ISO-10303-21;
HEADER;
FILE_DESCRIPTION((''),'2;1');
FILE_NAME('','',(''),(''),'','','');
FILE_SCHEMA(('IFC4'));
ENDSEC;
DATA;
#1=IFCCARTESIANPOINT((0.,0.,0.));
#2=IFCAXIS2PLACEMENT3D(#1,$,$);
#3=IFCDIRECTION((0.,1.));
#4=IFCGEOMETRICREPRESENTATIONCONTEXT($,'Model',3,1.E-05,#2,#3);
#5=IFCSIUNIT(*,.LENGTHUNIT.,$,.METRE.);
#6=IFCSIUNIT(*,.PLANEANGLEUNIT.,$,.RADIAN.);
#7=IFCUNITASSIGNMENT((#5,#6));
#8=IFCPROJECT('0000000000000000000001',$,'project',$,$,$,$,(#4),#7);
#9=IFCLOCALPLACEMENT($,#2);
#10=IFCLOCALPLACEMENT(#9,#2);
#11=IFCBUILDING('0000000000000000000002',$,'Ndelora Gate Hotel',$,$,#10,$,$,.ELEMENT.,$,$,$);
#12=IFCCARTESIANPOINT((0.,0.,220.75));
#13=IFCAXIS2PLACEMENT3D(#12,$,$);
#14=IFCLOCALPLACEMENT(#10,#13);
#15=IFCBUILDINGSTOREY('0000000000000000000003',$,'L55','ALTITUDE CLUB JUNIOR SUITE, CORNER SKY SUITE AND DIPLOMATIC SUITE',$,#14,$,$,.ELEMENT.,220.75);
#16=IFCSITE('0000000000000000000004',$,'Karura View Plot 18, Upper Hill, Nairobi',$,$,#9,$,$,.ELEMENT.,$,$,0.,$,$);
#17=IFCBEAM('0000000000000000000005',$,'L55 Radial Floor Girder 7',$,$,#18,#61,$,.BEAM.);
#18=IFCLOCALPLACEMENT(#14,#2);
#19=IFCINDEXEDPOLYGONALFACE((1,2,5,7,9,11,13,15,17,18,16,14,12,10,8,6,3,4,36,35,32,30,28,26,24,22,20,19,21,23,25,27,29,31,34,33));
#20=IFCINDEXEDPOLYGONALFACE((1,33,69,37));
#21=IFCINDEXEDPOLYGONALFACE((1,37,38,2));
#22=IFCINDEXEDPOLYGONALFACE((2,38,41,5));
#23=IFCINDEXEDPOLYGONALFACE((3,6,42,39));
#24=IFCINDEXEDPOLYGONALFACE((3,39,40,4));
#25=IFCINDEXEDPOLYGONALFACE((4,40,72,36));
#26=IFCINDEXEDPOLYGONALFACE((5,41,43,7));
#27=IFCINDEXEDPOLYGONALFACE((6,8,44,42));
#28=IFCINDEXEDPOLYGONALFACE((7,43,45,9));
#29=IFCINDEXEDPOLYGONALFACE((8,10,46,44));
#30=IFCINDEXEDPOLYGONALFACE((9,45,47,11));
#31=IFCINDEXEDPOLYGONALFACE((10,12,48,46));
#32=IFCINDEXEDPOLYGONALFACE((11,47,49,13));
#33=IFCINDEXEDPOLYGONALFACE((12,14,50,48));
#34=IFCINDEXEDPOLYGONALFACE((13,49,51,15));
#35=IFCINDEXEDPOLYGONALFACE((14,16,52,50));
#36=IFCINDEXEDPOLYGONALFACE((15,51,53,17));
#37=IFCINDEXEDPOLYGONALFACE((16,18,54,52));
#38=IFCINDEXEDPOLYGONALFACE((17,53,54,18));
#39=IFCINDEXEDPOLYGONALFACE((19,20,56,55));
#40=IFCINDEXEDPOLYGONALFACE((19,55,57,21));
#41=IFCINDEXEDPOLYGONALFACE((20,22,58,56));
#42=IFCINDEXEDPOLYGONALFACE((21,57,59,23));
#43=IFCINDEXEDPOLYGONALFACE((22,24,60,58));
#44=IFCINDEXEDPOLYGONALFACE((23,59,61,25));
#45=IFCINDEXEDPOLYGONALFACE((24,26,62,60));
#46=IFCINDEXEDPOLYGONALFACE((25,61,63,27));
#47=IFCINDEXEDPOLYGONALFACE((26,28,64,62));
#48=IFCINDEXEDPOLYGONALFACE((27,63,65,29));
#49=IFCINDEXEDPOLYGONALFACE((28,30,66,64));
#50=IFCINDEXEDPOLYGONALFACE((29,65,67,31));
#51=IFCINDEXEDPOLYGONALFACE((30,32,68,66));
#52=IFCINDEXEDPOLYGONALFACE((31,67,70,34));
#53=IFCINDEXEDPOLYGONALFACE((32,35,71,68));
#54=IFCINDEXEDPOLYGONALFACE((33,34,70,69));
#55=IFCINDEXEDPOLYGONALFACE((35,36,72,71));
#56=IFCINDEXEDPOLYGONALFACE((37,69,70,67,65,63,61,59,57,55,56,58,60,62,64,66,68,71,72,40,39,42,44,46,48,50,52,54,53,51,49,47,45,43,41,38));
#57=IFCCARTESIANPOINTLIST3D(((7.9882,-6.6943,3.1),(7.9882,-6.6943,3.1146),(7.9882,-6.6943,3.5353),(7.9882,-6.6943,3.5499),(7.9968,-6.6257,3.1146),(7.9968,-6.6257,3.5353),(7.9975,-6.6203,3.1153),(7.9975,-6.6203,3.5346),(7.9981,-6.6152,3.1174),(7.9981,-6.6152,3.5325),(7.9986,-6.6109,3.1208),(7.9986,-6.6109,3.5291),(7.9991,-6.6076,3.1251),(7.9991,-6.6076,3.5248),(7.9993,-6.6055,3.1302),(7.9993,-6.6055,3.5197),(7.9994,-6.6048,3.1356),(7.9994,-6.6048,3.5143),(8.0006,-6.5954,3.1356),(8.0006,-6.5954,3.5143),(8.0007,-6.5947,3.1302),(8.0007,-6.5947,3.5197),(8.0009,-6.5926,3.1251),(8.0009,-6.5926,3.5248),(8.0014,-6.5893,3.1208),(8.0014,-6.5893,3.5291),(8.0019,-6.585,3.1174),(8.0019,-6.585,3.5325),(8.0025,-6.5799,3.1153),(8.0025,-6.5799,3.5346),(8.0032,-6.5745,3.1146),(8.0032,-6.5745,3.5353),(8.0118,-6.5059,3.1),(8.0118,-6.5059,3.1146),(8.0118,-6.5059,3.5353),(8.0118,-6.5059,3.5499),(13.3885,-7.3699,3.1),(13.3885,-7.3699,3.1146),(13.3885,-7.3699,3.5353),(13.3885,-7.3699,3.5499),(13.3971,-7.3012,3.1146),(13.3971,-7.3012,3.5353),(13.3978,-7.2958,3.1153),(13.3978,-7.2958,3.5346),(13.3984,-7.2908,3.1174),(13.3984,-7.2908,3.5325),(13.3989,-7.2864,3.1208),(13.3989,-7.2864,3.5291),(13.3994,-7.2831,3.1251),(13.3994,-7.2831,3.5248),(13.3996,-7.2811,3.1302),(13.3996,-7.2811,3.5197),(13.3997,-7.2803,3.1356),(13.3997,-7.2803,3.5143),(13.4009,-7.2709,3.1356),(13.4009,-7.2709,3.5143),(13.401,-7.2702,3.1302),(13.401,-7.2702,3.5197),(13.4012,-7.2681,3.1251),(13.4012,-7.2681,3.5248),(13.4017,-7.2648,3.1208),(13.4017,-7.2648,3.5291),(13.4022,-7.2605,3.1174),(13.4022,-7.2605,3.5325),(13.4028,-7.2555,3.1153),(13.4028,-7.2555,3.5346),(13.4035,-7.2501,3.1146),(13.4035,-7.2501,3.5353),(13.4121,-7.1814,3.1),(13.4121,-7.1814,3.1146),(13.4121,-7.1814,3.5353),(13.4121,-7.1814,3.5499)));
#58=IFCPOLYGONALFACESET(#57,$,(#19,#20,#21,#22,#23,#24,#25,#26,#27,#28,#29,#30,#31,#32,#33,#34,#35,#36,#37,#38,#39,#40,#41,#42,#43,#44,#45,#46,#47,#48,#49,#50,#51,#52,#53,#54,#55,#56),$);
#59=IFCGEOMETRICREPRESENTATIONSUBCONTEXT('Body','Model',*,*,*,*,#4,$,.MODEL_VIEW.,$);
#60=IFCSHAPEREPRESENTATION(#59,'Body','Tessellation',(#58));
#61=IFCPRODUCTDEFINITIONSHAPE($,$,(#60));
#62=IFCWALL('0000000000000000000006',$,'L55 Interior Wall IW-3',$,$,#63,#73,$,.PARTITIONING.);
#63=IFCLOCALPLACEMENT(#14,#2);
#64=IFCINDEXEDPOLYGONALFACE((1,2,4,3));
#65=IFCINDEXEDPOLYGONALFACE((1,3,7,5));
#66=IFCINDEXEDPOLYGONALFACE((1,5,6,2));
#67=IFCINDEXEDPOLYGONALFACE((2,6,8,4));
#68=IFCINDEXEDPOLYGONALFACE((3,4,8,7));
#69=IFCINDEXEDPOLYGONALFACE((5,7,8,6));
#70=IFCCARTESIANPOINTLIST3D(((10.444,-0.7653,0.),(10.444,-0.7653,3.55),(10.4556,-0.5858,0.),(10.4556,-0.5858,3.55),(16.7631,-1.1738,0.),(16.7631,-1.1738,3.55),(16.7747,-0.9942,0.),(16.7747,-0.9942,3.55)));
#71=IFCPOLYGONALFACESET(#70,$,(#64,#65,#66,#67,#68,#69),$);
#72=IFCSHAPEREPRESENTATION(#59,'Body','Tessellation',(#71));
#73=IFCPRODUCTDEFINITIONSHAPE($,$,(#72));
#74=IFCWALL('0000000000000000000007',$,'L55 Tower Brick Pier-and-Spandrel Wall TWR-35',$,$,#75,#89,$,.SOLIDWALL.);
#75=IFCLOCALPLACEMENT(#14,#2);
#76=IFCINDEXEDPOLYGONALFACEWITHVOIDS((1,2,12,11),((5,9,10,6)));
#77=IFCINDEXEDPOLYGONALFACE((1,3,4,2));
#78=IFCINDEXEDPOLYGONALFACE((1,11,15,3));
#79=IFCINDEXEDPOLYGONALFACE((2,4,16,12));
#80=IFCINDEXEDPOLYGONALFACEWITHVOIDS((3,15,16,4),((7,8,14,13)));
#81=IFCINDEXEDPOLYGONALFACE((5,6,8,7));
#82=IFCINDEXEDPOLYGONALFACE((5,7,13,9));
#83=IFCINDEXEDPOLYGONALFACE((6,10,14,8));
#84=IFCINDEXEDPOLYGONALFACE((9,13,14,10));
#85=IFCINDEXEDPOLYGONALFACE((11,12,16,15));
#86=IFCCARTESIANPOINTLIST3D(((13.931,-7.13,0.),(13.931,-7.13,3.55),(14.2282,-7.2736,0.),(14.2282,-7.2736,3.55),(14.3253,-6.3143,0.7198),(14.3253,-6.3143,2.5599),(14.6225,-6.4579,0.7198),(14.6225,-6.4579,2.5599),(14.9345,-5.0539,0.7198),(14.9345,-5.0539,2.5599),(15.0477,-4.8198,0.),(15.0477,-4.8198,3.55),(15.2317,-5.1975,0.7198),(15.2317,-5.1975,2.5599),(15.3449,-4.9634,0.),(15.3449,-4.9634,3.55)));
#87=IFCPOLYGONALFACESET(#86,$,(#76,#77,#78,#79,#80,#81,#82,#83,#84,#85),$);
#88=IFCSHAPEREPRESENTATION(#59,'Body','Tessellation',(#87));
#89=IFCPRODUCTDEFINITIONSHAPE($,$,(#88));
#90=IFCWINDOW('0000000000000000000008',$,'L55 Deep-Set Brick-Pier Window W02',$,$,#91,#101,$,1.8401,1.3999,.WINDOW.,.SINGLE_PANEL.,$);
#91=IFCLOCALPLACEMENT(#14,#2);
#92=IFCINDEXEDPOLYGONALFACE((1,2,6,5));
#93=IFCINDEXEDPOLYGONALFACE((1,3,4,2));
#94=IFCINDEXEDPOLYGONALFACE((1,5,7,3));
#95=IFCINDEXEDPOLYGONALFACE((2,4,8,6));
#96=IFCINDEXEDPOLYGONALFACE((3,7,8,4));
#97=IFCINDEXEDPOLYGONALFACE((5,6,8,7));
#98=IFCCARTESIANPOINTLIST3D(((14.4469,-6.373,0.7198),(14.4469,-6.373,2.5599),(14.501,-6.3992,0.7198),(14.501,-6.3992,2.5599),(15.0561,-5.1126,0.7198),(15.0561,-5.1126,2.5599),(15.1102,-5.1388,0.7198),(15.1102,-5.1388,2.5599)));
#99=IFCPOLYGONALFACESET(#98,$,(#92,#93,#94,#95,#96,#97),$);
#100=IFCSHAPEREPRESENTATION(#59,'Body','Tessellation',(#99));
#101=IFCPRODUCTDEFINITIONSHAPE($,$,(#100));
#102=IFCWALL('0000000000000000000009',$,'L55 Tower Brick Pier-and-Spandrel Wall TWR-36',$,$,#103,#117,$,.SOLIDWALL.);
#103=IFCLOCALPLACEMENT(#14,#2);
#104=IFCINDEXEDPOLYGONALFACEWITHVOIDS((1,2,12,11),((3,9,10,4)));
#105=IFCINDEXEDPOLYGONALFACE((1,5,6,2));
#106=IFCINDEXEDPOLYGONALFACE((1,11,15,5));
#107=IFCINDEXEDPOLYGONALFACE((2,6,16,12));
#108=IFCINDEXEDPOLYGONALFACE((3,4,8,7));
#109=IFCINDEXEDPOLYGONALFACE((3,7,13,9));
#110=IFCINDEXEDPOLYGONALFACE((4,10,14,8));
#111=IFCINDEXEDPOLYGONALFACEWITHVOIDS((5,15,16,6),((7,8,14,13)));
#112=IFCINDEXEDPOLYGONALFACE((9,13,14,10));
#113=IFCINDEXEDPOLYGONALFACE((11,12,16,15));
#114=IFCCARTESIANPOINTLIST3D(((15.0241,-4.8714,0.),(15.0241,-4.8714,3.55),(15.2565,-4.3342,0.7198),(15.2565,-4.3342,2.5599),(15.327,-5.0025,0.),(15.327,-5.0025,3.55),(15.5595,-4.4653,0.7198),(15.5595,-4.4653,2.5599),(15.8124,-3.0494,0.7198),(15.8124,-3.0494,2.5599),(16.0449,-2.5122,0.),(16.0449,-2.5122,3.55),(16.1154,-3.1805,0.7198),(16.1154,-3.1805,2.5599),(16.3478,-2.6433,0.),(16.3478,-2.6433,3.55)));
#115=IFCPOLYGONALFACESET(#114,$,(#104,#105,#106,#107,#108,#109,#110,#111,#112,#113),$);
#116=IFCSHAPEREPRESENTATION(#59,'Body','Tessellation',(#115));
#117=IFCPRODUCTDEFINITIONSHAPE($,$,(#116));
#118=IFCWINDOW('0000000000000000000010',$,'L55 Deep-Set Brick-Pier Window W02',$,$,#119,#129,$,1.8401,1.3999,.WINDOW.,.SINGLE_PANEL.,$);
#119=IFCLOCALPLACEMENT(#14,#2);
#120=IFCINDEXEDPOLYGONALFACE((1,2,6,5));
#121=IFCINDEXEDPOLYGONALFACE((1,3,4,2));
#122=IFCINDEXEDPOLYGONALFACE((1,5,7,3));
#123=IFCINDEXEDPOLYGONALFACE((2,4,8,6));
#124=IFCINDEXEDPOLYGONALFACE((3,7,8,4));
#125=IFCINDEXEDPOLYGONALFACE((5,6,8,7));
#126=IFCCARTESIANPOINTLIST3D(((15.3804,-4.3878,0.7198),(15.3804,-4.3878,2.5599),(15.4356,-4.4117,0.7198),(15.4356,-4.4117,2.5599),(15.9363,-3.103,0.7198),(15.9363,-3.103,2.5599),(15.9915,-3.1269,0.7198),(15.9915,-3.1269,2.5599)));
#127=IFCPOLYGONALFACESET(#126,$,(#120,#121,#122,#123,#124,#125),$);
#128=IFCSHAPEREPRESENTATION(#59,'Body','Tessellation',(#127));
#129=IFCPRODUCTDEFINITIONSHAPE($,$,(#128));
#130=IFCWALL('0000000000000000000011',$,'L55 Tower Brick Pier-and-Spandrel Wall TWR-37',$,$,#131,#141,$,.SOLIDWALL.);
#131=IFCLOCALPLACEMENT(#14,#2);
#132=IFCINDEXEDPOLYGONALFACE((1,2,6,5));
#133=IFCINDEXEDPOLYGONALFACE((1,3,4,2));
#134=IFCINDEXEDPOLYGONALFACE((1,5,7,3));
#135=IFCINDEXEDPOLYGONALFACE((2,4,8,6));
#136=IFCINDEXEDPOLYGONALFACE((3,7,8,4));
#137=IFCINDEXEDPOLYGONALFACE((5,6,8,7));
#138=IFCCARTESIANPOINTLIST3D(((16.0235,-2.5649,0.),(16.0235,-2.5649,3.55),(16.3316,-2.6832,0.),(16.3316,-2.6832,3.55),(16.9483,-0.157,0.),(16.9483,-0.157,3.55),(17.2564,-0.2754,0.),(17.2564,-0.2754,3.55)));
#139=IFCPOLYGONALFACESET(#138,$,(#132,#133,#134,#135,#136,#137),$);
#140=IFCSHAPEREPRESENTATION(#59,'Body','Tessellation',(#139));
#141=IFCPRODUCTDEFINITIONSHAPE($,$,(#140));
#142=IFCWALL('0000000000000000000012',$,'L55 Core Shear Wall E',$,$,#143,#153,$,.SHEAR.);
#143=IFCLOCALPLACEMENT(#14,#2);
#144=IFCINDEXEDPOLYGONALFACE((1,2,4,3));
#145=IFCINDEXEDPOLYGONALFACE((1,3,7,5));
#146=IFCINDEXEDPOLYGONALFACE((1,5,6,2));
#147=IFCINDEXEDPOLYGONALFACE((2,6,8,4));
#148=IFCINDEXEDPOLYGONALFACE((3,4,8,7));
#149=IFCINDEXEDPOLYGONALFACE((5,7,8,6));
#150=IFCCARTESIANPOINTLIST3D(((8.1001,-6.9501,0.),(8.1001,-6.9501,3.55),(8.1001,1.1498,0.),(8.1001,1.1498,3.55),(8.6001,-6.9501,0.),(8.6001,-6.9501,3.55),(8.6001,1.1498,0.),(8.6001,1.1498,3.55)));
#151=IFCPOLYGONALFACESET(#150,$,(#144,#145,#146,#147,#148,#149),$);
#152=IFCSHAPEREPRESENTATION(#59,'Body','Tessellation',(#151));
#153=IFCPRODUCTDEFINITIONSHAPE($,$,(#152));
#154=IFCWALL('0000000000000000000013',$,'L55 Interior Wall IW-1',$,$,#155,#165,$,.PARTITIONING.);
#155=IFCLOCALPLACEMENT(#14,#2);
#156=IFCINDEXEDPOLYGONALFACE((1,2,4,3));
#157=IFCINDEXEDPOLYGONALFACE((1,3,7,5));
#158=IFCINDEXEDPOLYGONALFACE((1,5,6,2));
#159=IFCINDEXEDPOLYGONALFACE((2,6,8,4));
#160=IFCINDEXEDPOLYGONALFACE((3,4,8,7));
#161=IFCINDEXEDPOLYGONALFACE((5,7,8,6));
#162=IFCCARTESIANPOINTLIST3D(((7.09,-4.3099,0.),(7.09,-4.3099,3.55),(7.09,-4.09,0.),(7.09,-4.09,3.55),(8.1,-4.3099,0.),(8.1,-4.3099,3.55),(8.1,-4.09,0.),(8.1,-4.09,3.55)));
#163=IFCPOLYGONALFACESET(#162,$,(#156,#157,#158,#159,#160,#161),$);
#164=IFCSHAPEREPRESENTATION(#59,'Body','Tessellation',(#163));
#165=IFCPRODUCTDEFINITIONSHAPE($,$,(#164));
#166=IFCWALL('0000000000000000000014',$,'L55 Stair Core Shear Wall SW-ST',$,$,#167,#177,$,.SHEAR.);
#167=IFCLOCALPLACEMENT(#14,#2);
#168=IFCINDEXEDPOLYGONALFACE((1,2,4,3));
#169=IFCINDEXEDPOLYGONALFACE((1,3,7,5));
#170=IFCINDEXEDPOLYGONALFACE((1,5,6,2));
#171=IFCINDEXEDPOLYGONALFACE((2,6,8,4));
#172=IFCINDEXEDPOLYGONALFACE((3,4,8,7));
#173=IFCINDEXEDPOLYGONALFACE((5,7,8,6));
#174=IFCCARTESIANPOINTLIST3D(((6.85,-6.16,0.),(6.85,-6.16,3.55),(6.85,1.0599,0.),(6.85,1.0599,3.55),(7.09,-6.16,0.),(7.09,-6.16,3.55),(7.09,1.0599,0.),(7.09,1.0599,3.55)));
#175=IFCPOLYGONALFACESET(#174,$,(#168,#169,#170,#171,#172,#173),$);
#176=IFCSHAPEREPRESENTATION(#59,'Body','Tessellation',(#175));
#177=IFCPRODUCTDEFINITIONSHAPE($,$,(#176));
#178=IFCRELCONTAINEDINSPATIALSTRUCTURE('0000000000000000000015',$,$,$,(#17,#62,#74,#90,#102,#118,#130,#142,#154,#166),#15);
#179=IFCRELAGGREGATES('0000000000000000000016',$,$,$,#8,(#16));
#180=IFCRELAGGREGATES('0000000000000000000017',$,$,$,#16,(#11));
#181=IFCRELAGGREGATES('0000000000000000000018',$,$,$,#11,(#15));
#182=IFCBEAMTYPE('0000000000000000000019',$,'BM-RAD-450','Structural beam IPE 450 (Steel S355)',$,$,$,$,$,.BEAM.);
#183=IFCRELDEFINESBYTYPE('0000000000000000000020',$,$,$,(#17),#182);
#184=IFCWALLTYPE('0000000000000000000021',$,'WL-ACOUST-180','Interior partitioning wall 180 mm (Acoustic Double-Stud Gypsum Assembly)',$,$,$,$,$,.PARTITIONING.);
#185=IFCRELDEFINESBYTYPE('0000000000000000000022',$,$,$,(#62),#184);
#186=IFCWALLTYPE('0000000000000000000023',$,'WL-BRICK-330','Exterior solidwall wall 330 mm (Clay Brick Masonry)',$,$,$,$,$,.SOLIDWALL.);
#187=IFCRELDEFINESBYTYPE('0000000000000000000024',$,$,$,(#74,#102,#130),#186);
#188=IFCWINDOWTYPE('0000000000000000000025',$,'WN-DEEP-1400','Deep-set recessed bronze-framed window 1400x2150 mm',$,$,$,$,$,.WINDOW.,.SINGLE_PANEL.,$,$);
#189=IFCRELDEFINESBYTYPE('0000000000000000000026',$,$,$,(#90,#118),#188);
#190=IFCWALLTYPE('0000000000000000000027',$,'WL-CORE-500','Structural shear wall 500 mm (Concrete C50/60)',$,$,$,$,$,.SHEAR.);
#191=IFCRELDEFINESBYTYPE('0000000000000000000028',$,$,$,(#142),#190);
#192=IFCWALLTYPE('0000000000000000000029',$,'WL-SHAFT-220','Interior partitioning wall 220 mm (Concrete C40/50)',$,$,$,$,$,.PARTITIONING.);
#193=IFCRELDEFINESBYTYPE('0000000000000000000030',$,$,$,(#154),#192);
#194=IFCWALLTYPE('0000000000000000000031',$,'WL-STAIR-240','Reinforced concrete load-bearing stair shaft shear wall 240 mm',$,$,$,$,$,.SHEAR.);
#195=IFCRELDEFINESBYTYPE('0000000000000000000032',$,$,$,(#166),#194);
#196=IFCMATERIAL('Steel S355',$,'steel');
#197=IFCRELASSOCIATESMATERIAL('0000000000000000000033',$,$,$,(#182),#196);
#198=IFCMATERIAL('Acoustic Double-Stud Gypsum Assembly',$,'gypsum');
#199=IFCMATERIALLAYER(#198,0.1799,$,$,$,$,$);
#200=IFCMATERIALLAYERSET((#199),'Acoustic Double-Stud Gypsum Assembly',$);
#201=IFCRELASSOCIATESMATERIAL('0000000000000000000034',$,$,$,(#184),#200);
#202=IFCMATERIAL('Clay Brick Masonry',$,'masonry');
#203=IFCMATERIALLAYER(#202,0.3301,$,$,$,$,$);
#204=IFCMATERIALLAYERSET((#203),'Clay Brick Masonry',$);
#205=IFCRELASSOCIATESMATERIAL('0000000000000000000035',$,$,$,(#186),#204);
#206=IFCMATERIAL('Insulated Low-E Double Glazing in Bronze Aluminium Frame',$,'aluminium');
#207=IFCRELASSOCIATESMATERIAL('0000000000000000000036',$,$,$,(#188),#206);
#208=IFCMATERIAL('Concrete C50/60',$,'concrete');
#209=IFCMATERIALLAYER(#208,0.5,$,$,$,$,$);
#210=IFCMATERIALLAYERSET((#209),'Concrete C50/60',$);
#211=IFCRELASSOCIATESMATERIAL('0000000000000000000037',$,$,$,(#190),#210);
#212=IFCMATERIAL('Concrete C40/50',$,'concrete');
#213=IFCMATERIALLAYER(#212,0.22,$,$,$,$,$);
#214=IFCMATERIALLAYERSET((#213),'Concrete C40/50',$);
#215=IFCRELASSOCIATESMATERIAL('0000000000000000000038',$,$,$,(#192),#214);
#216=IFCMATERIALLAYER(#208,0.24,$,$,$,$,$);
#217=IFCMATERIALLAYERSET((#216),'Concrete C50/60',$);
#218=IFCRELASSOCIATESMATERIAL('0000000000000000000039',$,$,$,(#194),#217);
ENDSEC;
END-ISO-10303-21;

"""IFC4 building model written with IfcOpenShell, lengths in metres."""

from ifc_helpers import new_model, si_unit, direction, frame, frame_2d, origin, origin_2d, place, context, subcontext, project, spatial, rectangle, i_section, extrude, material, layer, layer_set, material_profile, profile_set, type_object, element, fill, save


model = new_model("IFC4")

# Units and contexts
model_context = context("Model", 3, precision=1e-05, world=origin(), true_north=direction((0.0, 1.0)))
body_context = subcontext(model_context, "Body", "Model", "MODEL_VIEW")
ifc_project = project(units=[si_unit("LENGTHUNIT", "METRE"), si_unit("PLANEANGLEUNIT", "RADIAN")], contexts=[model_context])

# Site, building, storey
site_placement = place(None, origin())
site = spatial("IfcSite", under=ifc_project, at=site_placement, Name="Karura View Plot 18, Upper Hill, Nairobi", CompositionType="ELEMENT", RefElevation=0.0)
building_placement = place(site_placement, origin())
building = spatial("IfcBuilding", under=site, at=building_placement, Name="Ndelora Gate Hotel", CompositionType="ELEMENT")
storey_placement = place(building_placement, frame((0.0, 0.0, 220.75)))
storey = spatial("IfcBuildingStorey", under=building, at=storey_placement, Name="L55", Description="ALTITUDE CLUB JUNIOR SUITE, CORNER SKY SUITE AND DIPLOMATIC SUITE", CompositionType="ELEMENT", Elevation=220.75)

# Shared definitions
ifc_material_1 = material(Name="Concrete C50/60", Category="concrete")

# Beam
ifc_material_2 = material(Name="Steel S355", Category="steel")
ifc_material_profile_1 = material_profile(ifc_material_2, i_section(OverallWidth=0.1899, OverallDepth=0.45, WebThickness=0.0095, FlangeThickness=0.0146, FilletRadius=0.021, at=origin_2d()), Name="IPE 450")
ifc_profile_set_1 = profile_set([ifc_material_profile_1], Name="Steel S355")
beam_type_1 = type_object("IfcBeamType", Name="BM-RAD-450", Description="Structural beam IPE 450 (Steel S355)", PredefinedType="BEAM", material=ifc_profile_set_1)
beam_1_placement = place(storey_placement, frame((8.0, -6.6001, 3.325), z_axis=(0.992267, -0.124123, 0.0), x_axis=(0.124123, 0.992267, 0.0)))
element("IfcBeam", 1, at=beam_1_placement, inside=storey, type_object=beam_type_1, Name="L55 Radial Floor Girder 7", PredefinedType="BEAM", context=body_context, shape_type="SweptSolid", body=[
    extrude(i_section(OverallWidth=0.1899, OverallDepth=0.45, WebThickness=0.0095, FlangeThickness=0.0146, FilletRadius=0.021, at=origin_2d()), origin(), (0.0, 0.0, 1.0), 5.4424),
])

# Wall
ifc_material_3 = material(Name="Acoustic Double-Stud Gypsum Assembly", Category="gypsum")
ifc_layer_1 = layer(ifc_material_3, 0.1799)
ifc_layer_set_1 = layer_set([ifc_layer_1], Name="Acoustic Double-Stud Gypsum Assembly")
wall_type_1 = type_object("IfcWallType", Name="WL-ACOUST-180", Description="Interior partitioning wall 180 mm (Acoustic Double-Stud Gypsum Assembly)", PredefinedType="PARTITIONING", material=ifc_layer_set_1)
wall_1_placement = place(storey_placement, frame((10.45, -0.6755, 0.0), z_axis=(0.0, 0.0, 1.0), x_axis=(0.997918, -0.064502, 0.0)))
element("IfcWall", 2, at=wall_1_placement, inside=storey, type_object=wall_type_1, Name="L55 Interior Wall IW-3", PredefinedType="PARTITIONING", context=body_context, shape_type="SweptSolid", body=[
    extrude(rectangle(XDim=6.3323, YDim=0.1799, at=frame_2d((3.166, 0.0))), origin(), (0.0, 0.0, 1.0), 3.55),
])

# Walls, openings, windows
ifc_material_4 = material(Name="Clay Brick Masonry", Category="masonry")
ifc_layer_2 = layer(ifc_material_4, 0.3301)
ifc_layer_set_2 = layer_set([ifc_layer_2], Name="Clay Brick Masonry")
wall_type_2 = type_object("IfcWallType", Name="WL-BRICK-330", Description="Exterior solidwall wall 330 mm (Clay Brick Masonry)", PredefinedType="SOLIDWALL", material=ifc_layer_set_2)
wall_2_placement = place(storey_placement, frame((15.1963, -4.8916, 0.0), z_axis=(0.0, 0.0, 1.0), x_axis=(-0.435185, -0.900341, 0.0)))
wall_2 = element("IfcWall", 3, at=wall_2_placement, inside=storey, type_object=wall_type_2, Name="L55 Tower Brick Pier-and-Spandrel Wall TWR-35", PredefinedType="SOLIDWALL", context=body_context, shape_type="SweptSolid", body=[
    extrude(rectangle(XDim=2.5659, YDim=0.3301, at=frame_2d((1.283, 0.0))), origin(), (0.0, 0.0, 1.0), 3.55),
])
opening_1_placement = place(wall_2_placement, frame((0.26, 0.0, 0.72)))
opening_1 = element("IfcOpeningElement", 4, at=opening_1_placement, cuts=wall_2, PredefinedType="OPENING", context=body_context, shape_type="SweptSolid", body=[
    extrude(rectangle(XDim=1.3999, YDim=1.8401, at=frame_2d((0.7, 0.9199))), frame((0.0, 0.175, 0.0), z_axis=(0.0, -1.0, 0.0), x_axis=(1.0, 0.0, 0.0)), (0.0, 0.0, 1.0), 0.3501),
])
ifc_material_5 = material(Name="Insulated Low-E Double Glazing in Bronze Aluminium Frame", Category="aluminium")
window_type = type_object("IfcWindowType", Name="WN-DEEP-1400", Description="Deep-set recessed bronze-framed window 1400x2150 mm", PartitioningType="SINGLE_PANEL", PredefinedType="WINDOW", material=ifc_material_5)
window_1_placement = place(opening_1_placement, origin())
window_1 = element("IfcWindow", 5, at=window_1_placement, inside=storey, type_object=window_type, Name="L55 Deep-Set Brick-Pier Window W02", OverallHeight=1.8401, OverallWidth=1.3999, PartitioningType="SINGLE_PANEL", PredefinedType="WINDOW", context=body_context, shape_type="SweptSolid", body=[
    extrude(rectangle(XDim=1.3999, YDim=1.8401, at=frame_2d((0.7, 0.9199))), frame((0.0, 0.03, 0.0), z_axis=(0.0, -1.0, 0.0), x_axis=(1.0, 0.0, 0.0)), (0.0, 0.0, 1.0), 0.0601),
])
fill(opening_1, window_1)
wall_3_placement = place(storey_placement, frame((16.1963, -2.5779, 0.0), z_axis=(0.0, 0.0, 1.0), x_axis=(-0.397104, -0.917774, 0.0)))
wall_3 = element("IfcWall", 6, at=wall_3_placement, inside=storey, type_object=wall_type_2, Name="L55 Tower Brick Pier-and-Spandrel Wall TWR-36", PredefinedType="SOLIDWALL", context=body_context, shape_type="SweptSolid", body=[
    extrude(rectangle(XDim=2.5706, YDim=0.3301, at=frame_2d((1.2852, 0.0))), origin(), (0.0, 0.0, 1.0), 3.55),
])
opening_2_placement = place(wall_3_placement, frame((0.5852, 0.0, 0.72)))
opening_2 = element("IfcOpeningElement", 7, at=opening_2_placement, cuts=wall_3, PredefinedType="OPENING", context=body_context, shape_type="SweptSolid", body=[
    extrude(rectangle(XDim=1.3999, YDim=1.8401, at=frame_2d((0.7, 0.9199))), frame((0.0, 0.175, 0.0), z_axis=(0.0, -1.0, 0.0), x_axis=(1.0, 0.0, 0.0)), (0.0, 0.0, 1.0), 0.3501),
])
window_2_placement = place(opening_2_placement, origin())
window_2 = element("IfcWindow", 8, at=window_2_placement, inside=storey, type_object=window_type, Name="L55 Deep-Set Brick-Pier Window W02", OverallHeight=1.8401, OverallWidth=1.3999, PartitioningType="SINGLE_PANEL", PredefinedType="WINDOW", context=body_context, shape_type="SweptSolid", body=[
    extrude(rectangle(XDim=1.3999, YDim=1.8401, at=frame_2d((0.7, 0.9199))), frame((0.0, 0.03, 0.0), z_axis=(0.0, -1.0, 0.0), x_axis=(1.0, 0.0, 0.0)), (0.0, 0.0, 1.0), 0.0601),
])
fill(opening_2, window_2)

# Walls
wall_4_placement = place(storey_placement, frame((17.1023, -0.2163, 0.0), z_axis=(0.0, 0.0, 1.0), x_axis=(-0.358529, -0.933519, 0.0)))
element("IfcWall", 9, at=wall_4_placement, inside=storey, type_object=wall_type_2, Name="L55 Tower Brick Pier-and-Spandrel Wall TWR-37", PredefinedType="SOLIDWALL", context=body_context, shape_type="SweptSolid", body=[
    extrude(rectangle(XDim=2.5793, YDim=0.3301, at=frame_2d((1.2896, 0.0))), origin(), (0.0, 0.0, 1.0), 3.55),
])
ifc_layer_3 = layer(ifc_material_1, 0.5)
ifc_layer_set_3 = layer_set([ifc_layer_3], Name="Concrete C50/60")
wall_type_3 = type_object("IfcWallType", Name="WL-CORE-500", Description="Structural shear wall 500 mm (Concrete C50/60)", PredefinedType="SHEAR", material=ifc_layer_set_3)
wall_5_placement = place(storey_placement, frame((8.3501, -6.95, 0.0), z_axis=(0.0, 0.0, 1.0), x_axis=(0.0, 1.0, 0.0)))
element("IfcWall", 10, at=wall_5_placement, inside=storey, type_object=wall_type_3, Name="L55 Core Shear Wall E", PredefinedType="SHEAR", context=body_context, shape_type="SweptSolid", body=[
    extrude(rectangle(XDim=8.0999, YDim=0.5, at=frame_2d((4.0498, 0.0))), origin(), (0.0, 0.0, 1.0), 3.55),
])
ifc_material_6 = material(Name="Concrete C40/50", Category="concrete")
ifc_layer_4 = layer(ifc_material_6, 0.22)
ifc_layer_set_4 = layer_set([ifc_layer_4], Name="Concrete C40/50")
wall_type_4 = type_object("IfcWallType", Name="WL-SHAFT-220", Description="Interior partitioning wall 220 mm (Concrete C40/50)", PredefinedType="PARTITIONING", material=ifc_layer_set_4)
wall_6_placement = place(storey_placement, frame((7.0901, -4.2, 0.0), z_axis=(0.0, 0.0, 1.0), x_axis=(1.0, 0.0, 0.0)))
element("IfcWall", 11, at=wall_6_placement, inside=storey, type_object=wall_type_4, Name="L55 Interior Wall IW-1", PredefinedType="PARTITIONING", context=body_context, shape_type="SweptSolid", body=[
    extrude(rectangle(XDim=1.01, YDim=0.22, at=frame_2d((0.5049, 0.0))), origin(), (0.0, 0.0, 1.0), 3.55),
])
ifc_layer_5 = layer(ifc_material_1, 0.24)
ifc_layer_set_5 = layer_set([ifc_layer_5], Name="Concrete C50/60")
wall_type_5 = type_object("IfcWallType", Name="WL-STAIR-240", Description="Reinforced concrete load-bearing stair shaft shear wall 240 mm", PredefinedType="SHEAR", material=ifc_layer_set_5)
wall_7_placement = place(storey_placement, frame((6.97, -6.1599, 0.0), z_axis=(0.0, 0.0, 1.0), x_axis=(0.0, 1.0, 0.0)))
element("IfcWall", 12, at=wall_7_placement, inside=storey, type_object=wall_type_5, Name="L55 Stair Core Shear Wall SW-ST", PredefinedType="SHEAR", context=body_context, shape_type="SweptSolid", body=[
    extrude(rectangle(XDim=7.22, YDim=0.24, at=frame_2d((3.6099, 0.0))), origin(), (0.0, 0.0, 1.0), 3.55),
])

save(model, "model.ifc")
